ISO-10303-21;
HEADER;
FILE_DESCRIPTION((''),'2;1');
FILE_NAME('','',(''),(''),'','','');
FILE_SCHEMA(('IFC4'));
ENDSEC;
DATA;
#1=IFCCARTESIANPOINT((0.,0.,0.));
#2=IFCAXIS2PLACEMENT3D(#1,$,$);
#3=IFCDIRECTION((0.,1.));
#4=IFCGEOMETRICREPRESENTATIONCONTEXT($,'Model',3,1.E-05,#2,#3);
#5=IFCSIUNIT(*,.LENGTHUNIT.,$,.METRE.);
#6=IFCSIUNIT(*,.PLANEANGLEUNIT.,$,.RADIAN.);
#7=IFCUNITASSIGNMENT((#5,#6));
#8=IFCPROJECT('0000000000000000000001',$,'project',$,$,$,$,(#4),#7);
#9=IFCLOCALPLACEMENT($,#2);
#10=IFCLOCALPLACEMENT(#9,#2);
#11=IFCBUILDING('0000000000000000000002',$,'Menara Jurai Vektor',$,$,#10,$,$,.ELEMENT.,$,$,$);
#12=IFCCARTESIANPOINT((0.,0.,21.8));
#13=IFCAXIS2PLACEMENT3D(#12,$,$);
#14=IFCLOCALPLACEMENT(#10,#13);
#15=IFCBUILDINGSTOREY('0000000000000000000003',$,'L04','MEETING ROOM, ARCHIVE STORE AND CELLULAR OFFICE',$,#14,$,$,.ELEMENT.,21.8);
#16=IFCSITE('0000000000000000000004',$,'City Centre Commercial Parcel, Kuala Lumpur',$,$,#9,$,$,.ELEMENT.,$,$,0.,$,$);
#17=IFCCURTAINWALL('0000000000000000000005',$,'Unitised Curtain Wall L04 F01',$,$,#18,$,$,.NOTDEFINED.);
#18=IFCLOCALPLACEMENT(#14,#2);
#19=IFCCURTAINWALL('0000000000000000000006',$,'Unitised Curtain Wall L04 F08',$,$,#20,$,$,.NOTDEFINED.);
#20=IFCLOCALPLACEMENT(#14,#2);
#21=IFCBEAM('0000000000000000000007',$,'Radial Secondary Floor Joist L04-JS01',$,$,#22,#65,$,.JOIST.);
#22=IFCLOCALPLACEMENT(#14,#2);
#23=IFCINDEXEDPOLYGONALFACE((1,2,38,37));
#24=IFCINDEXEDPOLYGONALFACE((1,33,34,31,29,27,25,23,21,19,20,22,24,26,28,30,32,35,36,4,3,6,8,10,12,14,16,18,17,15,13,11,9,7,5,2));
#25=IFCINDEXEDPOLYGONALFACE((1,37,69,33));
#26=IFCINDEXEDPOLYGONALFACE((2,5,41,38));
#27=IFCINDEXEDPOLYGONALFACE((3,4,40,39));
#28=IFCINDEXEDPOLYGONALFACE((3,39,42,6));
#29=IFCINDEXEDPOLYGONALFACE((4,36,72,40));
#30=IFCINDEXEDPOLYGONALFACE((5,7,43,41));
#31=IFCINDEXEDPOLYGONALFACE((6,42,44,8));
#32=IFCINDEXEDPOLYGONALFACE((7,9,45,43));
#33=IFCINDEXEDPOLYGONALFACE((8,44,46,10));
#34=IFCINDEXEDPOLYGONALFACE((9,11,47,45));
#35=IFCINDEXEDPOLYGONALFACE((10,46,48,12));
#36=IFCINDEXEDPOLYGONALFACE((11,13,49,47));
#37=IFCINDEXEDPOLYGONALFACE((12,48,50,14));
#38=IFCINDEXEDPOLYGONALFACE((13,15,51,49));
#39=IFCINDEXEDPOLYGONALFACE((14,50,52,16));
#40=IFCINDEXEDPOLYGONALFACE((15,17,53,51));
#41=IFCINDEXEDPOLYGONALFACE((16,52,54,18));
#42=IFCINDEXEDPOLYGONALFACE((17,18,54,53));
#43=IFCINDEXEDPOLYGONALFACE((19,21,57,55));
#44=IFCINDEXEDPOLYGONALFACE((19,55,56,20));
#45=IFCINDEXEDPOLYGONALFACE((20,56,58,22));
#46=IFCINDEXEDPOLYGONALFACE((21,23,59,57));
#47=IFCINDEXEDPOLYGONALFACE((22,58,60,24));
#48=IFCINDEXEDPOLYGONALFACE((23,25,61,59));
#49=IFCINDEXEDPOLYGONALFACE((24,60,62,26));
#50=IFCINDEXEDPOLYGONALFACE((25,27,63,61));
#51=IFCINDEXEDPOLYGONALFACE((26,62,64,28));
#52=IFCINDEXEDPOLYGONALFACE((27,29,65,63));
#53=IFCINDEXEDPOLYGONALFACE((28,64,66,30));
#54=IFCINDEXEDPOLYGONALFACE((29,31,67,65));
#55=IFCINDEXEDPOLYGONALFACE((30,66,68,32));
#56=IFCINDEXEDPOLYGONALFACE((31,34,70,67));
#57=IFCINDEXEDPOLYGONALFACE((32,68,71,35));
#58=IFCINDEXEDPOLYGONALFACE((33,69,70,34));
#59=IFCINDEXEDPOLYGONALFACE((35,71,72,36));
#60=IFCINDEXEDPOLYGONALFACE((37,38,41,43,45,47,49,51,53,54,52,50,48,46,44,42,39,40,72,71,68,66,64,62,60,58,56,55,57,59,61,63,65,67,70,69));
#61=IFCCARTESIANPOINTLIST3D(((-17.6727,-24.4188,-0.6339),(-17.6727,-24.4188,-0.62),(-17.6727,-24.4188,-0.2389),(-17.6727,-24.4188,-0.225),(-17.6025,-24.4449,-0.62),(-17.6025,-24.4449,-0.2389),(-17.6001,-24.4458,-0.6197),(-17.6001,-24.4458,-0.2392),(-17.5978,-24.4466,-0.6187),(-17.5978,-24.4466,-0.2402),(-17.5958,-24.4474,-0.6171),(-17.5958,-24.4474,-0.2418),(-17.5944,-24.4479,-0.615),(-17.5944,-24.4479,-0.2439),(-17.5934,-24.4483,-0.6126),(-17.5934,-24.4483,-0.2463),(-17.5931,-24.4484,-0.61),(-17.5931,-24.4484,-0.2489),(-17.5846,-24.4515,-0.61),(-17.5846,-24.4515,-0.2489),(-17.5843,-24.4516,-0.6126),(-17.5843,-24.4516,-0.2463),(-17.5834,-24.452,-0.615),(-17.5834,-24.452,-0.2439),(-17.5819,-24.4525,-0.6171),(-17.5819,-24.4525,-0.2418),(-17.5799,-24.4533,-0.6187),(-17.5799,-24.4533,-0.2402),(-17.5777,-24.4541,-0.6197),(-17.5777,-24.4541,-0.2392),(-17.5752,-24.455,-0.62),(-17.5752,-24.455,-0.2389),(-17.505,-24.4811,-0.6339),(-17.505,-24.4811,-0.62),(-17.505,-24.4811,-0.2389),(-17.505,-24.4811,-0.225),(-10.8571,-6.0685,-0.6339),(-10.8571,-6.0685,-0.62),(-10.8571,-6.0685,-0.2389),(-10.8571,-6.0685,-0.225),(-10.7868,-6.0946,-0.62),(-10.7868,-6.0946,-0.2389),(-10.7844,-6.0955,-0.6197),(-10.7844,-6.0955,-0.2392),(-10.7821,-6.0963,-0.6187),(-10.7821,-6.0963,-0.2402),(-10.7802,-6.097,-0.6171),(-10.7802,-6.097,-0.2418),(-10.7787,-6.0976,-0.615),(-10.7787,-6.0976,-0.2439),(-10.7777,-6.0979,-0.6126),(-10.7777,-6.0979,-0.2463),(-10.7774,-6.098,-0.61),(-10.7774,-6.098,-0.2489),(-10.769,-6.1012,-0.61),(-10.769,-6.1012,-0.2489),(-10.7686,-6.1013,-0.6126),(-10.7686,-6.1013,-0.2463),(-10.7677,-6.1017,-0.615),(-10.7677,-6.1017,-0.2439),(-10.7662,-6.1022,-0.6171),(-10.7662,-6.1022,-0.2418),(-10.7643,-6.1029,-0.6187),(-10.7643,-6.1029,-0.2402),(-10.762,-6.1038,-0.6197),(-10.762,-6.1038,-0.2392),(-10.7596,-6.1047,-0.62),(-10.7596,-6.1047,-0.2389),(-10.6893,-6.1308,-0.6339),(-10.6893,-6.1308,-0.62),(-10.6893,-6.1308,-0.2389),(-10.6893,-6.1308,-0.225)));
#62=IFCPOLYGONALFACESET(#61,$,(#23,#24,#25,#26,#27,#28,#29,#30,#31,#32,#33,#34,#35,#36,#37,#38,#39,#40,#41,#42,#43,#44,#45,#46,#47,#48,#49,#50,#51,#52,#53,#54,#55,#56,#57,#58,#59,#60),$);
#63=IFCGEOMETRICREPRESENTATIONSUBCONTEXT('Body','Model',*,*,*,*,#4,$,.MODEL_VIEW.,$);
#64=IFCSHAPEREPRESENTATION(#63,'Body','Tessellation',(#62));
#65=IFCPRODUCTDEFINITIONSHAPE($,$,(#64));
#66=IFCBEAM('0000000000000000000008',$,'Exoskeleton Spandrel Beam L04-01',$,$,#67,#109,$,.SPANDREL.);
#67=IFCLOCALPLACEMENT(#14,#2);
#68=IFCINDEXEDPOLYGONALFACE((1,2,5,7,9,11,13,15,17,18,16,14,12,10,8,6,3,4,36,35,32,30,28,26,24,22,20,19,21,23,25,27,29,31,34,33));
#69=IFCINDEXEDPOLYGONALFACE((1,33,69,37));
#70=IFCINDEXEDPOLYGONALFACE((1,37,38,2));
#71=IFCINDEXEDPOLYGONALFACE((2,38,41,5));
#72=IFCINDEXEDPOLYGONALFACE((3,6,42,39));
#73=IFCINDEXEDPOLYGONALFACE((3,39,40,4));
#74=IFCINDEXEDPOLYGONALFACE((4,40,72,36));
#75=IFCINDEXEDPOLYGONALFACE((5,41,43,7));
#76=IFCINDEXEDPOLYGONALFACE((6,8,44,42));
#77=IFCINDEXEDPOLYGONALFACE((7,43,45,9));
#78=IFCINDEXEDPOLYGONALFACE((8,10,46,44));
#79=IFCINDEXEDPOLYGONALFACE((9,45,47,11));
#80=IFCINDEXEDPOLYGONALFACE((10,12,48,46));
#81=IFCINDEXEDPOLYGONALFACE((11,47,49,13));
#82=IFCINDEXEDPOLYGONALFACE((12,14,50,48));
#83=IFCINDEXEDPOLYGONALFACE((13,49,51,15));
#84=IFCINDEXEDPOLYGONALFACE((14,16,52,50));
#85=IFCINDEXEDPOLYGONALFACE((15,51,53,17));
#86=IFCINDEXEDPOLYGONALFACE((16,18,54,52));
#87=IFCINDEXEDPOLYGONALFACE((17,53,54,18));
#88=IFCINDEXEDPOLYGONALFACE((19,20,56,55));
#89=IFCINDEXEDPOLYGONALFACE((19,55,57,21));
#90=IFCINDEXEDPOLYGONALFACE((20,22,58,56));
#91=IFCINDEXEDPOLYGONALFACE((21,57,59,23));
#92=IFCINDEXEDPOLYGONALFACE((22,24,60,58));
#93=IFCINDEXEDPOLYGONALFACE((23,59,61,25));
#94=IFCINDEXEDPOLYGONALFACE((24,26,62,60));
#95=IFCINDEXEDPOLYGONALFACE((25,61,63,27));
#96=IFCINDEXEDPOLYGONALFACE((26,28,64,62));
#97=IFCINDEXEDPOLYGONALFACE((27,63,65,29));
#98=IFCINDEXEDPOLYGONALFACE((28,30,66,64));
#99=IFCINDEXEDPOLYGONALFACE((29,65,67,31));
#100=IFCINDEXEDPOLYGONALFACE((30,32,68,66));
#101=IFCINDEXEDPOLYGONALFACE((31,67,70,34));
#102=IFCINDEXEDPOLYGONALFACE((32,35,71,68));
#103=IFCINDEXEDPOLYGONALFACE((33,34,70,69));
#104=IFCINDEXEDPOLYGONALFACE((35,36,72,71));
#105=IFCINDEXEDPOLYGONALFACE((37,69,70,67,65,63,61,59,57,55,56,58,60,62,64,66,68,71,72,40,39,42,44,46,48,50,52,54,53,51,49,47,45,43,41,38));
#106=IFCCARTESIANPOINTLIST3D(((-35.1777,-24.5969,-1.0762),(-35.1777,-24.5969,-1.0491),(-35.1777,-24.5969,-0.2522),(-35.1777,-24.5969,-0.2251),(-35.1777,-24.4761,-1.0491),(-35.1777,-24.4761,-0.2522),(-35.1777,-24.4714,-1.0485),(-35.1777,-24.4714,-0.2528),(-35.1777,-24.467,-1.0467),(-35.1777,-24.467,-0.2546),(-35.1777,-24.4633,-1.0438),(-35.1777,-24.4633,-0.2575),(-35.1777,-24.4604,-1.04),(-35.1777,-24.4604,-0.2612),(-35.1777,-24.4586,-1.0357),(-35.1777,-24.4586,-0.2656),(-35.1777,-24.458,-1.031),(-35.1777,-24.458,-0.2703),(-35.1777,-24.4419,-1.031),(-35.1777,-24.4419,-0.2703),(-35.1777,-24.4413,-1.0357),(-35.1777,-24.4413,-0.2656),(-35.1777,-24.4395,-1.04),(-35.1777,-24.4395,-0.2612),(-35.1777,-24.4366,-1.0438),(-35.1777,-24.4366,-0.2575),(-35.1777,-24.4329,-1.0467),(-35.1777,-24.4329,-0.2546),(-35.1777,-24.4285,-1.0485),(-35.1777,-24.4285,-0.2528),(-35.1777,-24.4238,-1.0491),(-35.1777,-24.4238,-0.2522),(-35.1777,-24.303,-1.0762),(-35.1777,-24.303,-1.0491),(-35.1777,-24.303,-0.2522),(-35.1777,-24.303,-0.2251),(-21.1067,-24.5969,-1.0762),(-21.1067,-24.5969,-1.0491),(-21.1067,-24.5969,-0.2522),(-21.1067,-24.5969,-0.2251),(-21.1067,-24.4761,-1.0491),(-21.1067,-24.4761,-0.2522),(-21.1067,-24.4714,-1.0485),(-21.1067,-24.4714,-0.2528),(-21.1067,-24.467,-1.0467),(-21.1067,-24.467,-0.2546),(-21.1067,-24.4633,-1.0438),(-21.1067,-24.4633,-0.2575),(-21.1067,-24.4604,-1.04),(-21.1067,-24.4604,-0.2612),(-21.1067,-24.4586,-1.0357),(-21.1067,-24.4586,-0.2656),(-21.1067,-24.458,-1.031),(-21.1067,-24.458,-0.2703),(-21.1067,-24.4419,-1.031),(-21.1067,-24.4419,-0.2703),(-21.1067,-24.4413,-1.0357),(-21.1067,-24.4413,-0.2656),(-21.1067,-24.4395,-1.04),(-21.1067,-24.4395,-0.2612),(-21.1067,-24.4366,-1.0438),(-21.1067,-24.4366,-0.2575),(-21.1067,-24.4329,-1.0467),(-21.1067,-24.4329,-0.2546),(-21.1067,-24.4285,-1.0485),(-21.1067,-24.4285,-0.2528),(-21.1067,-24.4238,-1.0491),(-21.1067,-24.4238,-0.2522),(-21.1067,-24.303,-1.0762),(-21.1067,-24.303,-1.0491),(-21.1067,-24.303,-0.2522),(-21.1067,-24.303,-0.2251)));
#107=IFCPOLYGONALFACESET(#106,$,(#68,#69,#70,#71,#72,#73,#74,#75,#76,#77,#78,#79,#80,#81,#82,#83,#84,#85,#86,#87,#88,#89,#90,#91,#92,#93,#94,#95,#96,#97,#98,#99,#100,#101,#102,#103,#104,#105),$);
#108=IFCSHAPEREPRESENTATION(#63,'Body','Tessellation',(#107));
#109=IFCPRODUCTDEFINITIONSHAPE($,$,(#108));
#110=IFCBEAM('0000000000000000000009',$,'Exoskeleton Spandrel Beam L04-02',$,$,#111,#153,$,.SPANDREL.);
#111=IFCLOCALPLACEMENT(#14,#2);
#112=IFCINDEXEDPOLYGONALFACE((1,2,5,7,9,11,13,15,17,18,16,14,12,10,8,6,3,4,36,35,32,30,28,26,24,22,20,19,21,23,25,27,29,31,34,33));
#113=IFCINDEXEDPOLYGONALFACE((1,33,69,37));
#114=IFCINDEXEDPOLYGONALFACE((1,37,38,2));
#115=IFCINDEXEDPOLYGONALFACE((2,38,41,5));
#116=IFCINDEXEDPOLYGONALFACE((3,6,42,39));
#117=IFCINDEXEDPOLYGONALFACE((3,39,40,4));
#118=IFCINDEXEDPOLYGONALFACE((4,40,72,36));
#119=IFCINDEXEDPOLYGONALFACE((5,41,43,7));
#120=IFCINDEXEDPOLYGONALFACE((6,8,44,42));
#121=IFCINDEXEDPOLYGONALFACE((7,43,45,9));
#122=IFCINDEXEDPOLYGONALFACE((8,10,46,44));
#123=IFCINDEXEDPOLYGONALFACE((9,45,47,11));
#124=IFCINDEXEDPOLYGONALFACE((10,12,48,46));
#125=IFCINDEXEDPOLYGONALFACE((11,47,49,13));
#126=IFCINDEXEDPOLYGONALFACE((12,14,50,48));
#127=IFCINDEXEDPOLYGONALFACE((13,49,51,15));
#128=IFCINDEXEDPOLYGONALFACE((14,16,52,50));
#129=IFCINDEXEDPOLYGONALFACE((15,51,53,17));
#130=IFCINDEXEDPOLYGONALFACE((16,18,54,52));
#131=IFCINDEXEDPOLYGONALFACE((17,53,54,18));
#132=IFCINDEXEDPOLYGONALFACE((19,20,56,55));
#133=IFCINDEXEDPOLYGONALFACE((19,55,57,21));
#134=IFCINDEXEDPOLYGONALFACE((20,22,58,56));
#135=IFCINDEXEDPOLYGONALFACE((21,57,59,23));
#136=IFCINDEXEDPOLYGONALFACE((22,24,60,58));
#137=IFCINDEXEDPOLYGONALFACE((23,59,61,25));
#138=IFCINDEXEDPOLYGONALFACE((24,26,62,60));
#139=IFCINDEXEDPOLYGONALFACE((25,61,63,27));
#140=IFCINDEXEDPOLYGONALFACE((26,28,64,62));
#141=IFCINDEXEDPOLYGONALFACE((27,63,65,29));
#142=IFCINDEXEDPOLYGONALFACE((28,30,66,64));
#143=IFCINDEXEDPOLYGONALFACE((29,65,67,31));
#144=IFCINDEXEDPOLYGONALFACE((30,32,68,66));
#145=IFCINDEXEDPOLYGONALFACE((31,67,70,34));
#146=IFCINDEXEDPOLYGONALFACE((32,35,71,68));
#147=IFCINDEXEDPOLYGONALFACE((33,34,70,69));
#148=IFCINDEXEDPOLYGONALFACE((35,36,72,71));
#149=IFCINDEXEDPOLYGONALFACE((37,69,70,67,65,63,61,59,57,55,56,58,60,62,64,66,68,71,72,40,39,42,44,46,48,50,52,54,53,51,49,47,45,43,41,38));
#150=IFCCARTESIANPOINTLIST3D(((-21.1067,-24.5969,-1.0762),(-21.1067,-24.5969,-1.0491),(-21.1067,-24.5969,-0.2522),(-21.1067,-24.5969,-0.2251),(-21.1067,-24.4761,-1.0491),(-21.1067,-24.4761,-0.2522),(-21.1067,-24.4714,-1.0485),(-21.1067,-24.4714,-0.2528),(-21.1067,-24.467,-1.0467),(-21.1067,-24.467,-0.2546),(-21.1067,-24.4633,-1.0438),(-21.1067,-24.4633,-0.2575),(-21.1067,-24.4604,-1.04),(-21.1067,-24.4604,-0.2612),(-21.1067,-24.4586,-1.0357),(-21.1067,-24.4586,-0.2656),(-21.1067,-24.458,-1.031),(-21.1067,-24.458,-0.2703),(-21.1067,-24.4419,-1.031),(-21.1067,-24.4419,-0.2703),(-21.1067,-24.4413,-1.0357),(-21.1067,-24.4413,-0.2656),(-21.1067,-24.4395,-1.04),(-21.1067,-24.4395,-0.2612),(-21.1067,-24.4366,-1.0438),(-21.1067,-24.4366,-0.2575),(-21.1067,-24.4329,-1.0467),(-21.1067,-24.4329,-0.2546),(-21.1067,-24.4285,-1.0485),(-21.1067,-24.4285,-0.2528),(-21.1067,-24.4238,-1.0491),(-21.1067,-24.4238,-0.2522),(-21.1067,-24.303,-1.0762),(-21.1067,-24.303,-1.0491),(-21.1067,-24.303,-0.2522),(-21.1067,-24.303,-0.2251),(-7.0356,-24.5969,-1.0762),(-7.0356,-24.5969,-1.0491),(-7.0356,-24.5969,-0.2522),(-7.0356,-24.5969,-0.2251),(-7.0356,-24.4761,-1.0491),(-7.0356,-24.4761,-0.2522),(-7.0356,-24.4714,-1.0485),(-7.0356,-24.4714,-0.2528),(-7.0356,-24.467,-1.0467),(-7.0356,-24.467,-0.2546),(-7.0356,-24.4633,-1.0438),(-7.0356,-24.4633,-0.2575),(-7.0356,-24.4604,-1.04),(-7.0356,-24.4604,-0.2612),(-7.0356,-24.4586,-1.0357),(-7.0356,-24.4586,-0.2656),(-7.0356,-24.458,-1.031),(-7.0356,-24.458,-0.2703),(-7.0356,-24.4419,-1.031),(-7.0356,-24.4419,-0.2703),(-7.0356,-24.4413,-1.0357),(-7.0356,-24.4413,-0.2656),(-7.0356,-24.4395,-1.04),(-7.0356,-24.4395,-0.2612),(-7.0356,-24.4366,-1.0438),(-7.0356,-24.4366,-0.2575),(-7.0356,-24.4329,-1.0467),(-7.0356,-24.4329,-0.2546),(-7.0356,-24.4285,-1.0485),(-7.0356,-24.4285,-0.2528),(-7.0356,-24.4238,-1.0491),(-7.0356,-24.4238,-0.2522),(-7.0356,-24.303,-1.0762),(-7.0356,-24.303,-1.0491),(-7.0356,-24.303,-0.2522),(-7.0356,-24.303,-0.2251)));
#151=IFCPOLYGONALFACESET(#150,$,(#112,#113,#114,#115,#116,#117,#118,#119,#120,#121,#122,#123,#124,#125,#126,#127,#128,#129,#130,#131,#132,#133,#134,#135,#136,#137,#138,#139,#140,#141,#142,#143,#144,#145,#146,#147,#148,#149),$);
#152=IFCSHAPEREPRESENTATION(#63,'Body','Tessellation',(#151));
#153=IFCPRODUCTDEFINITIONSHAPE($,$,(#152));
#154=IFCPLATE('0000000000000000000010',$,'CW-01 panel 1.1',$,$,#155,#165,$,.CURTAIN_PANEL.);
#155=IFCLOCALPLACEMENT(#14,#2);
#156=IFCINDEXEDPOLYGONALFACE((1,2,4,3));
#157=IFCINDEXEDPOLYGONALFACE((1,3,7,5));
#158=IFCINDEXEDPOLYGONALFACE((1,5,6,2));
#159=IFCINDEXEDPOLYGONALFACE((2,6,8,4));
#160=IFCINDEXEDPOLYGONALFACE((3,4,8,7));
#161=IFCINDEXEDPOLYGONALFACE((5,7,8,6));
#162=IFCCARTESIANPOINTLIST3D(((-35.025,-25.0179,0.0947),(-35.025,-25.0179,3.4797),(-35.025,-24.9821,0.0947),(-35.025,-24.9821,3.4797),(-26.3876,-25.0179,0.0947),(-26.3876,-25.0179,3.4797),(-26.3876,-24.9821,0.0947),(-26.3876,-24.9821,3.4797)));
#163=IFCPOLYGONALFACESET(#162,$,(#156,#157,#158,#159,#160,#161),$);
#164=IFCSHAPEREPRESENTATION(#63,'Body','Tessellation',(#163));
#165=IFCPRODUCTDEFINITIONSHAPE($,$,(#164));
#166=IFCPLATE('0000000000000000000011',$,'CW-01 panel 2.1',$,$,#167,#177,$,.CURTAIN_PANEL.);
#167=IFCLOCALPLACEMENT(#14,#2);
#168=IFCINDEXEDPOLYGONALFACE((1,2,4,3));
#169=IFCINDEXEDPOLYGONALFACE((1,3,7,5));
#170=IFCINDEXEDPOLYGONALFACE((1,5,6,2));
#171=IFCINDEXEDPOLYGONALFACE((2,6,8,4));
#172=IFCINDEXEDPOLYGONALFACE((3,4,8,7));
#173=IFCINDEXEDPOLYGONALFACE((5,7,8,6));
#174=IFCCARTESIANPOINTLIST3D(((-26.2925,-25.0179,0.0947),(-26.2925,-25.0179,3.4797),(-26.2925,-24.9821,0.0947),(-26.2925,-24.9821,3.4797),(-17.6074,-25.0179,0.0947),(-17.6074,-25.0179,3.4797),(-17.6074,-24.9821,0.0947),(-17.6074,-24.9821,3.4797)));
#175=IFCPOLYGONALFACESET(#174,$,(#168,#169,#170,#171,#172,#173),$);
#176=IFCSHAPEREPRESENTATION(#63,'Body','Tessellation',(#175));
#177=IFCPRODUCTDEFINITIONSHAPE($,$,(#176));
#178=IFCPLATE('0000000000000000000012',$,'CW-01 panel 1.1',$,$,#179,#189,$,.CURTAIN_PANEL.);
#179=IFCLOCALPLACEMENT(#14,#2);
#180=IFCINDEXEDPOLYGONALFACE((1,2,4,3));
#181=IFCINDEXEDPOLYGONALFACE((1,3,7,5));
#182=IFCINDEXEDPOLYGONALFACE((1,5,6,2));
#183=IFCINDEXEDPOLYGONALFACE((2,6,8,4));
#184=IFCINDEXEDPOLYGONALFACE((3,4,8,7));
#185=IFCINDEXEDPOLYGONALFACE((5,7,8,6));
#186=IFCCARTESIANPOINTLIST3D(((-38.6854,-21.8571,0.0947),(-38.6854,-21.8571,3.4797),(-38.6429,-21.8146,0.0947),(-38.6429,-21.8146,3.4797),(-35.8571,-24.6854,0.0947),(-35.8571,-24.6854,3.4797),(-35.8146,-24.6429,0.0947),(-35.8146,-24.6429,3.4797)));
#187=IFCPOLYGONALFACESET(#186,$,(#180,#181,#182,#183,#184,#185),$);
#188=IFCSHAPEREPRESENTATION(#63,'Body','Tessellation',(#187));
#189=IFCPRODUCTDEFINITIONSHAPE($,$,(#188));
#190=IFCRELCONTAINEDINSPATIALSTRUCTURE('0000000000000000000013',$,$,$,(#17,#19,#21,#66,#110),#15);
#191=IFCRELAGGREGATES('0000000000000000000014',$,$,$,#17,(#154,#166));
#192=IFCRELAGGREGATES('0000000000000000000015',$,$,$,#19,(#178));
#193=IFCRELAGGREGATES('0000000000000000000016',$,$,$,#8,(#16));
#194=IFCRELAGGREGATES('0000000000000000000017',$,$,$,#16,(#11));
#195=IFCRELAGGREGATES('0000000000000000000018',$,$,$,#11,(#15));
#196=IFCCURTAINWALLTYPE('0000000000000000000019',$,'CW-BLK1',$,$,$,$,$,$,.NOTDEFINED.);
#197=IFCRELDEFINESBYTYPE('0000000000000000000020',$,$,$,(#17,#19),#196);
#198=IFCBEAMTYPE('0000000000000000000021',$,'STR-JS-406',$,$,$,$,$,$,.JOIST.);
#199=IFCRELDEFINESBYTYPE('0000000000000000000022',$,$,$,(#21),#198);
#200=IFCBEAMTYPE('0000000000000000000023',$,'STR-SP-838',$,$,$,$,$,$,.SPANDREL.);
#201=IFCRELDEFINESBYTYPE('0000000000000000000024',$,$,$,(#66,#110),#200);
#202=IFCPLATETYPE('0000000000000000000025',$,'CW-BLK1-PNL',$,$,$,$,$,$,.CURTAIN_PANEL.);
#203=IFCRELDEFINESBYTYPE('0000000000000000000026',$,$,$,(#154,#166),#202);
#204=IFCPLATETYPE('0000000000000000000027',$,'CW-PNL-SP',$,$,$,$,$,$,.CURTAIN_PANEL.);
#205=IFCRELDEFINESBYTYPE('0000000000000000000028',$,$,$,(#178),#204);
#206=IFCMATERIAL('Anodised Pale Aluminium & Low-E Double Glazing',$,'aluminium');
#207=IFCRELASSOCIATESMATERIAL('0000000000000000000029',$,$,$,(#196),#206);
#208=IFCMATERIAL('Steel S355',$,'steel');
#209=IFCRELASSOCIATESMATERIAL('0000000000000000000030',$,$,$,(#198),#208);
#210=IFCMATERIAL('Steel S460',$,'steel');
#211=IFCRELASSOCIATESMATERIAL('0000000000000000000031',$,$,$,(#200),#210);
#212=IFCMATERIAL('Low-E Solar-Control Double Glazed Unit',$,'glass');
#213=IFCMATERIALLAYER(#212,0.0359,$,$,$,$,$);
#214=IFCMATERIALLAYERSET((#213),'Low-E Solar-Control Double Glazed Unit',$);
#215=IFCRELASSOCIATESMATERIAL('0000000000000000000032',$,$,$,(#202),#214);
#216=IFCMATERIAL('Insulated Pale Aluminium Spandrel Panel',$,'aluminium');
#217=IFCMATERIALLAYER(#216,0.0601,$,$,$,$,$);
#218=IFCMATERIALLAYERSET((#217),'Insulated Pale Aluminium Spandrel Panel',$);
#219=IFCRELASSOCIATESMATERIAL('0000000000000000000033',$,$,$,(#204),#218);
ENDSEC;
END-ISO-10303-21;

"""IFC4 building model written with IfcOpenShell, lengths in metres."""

from ifc_helpers import new_model, si_unit, direction, frame, origin, origin_2d, place, context, subcontext, project, spatial, rectangle, i_section, extrude, material, layer, layer_set, material_profile, profile_set, type_object, element, aggregate, save


model = new_model("IFC4")

# Units and contexts
model_context = context("Model", 3, precision=1e-05, world=origin(), true_north=direction((0.0, 1.0)))
body_context = subcontext(model_context, "Body", "Model", "MODEL_VIEW")
ifc_project = project(units=[si_unit("LENGTHUNIT", "METRE"), si_unit("PLANEANGLEUNIT", "RADIAN")], contexts=[model_context])

# Site, building, storey
site_placement = place(None, origin())
site = spatial("IfcSite", under=ifc_project, at=site_placement, Name="City Centre Commercial Parcel, Kuala Lumpur", CompositionType="ELEMENT", RefElevation=0.0)
building_placement = place(site_placement, origin())
building = spatial("IfcBuilding", under=site, at=building_placement, Name="Menara Jurai Vektor", CompositionType="ELEMENT")
storey_placement = place(building_placement, frame((0.0, 0.0, 21.8)))
storey = spatial("IfcBuildingStorey", under=building, at=storey_placement, Name="L04", Description="MEETING ROOM, ARCHIVE STORE AND CELLULAR OFFICE", CompositionType="ELEMENT", Elevation=21.8)

# Shared definitions
ifc_material_1 = material(Name="Steel S460", Category="steel")

# Curtain walls
ifc_material_2 = material(Name="Anodised Pale Aluminium & Low-E Double Glazing", Category="aluminium")
curtain_wall_type = type_object("IfcCurtainWallType", Name="CW-BLK1", PredefinedType="NOTDEFINED", material=ifc_material_2)
curtain_wall_1_placement = place(storey_placement, origin())
curtain_wall_1 = element("IfcCurtainWall", 1, at=curtain_wall_1_placement, inside=storey, type_object=curtain_wall_type, Name="Unitised Curtain Wall L04 F01", PredefinedType="NOTDEFINED")
curtain_wall_2_placement = place(storey_placement, origin())
curtain_wall_2 = element("IfcCurtainWall", 2, at=curtain_wall_2_placement, inside=storey, type_object=curtain_wall_type, Name="Unitised Curtain Wall L04 F08", PredefinedType="NOTDEFINED")

# Beams
ifc_material_3 = material(Name="Steel S355", Category="steel")
ifc_material_profile_1 = material_profile(ifc_material_3, i_section(OverallWidth=0.179, OverallDepth=0.4089, WebThickness=0.009, FlangeThickness=0.0139, FilletRadius=0.01, at=origin_2d()), Name="UKB 406x178x67")
ifc_profile_set_1 = profile_set([ifc_material_profile_1], Name="Steel S355")
beam_type_1 = type_object("IfcBeamType", Name="STR-JS-406", PredefinedType="JOIST", material=ifc_profile_set_1)
beam_1_placement = place(storey_placement, frame((-17.5889, -24.45, -0.4294), z_axis=(0.348179, 0.937428, 0.0), x_axis=(-0.937428, 0.348179, 0.0)))
element("IfcBeam", 3, at=beam_1_placement, inside=storey, type_object=beam_type_1, Name="Radial Secondary Floor Joist L04-JS01", PredefinedType="JOIST", context=body_context, shape_type="SweptSolid", body=[
    extrude(i_section(OverallWidth=0.179, OverallDepth=0.4089, WebThickness=0.009, FlangeThickness=0.0139, FilletRadius=0.01, at=origin_2d()), origin(), (0.0, 0.0, 1.0), 19.5752),
])
ifc_material_profile_2 = material_profile(ifc_material_1, i_section(OverallWidth=0.2939, OverallDepth=0.8511, WebThickness=0.0161, FlangeThickness=0.0271, FilletRadius=0.0181, at=origin_2d()), Name="UKB 838x292x226")
ifc_profile_set_2 = profile_set([ifc_material_profile_2], Name="Steel S460")
beam_type_2 = type_object("IfcBeamType", Name="STR-SP-838", PredefinedType="SPANDREL", material=ifc_profile_set_2)
for number, where, z_axis, x_axis, name in (
    (4, (-35.1777, -24.45, -0.6506), (1.0, 0.0, 0.0), (0.0, 1.0, 0.0), "Exoskeleton Spandrel Beam L04-01"),
    (5, (-21.1067, -24.45, -0.6506), (1.0, 0.0, 0.0), (0.0, 1.0, 0.0), "Exoskeleton Spandrel Beam L04-02"),
):
    element("IfcBeam", number, at=place(storey_placement, frame(where, z_axis=z_axis, x_axis=x_axis)), inside=storey, type_object=beam_type_2, Name=name, PredefinedType="SPANDREL", context=body_context, shape_type="SweptSolid", body=[
        extrude(i_section(OverallWidth=0.2939, OverallDepth=0.8511, WebThickness=0.0161, FlangeThickness=0.0271, FilletRadius=0.0181, at=origin_2d()), origin(), (0.0, 0.0, 1.0), 14.071),
    ])

# Plates
ifc_material_4 = material(Name="Low-E Solar-Control Double Glazed Unit", Category="glass")
ifc_layer_1 = layer(ifc_material_4, 0.0359)
ifc_layer_set_1 = layer_set([ifc_layer_1], Name="Low-E Solar-Control Double Glazed Unit")
plate_type_1 = type_object("IfcPlateType", Name="CW-BLK1-PNL", PredefinedType="CURTAIN_PANEL", material=ifc_layer_set_1)
plate_1_placement = place(storey_placement, frame((-30.7063, -25.0, 0.0947), z_axis=(0.0, 0.0, 1.0), x_axis=(1.0, 0.0, 0.0)))
plate_1 = element("IfcPlate", 6, at=plate_1_placement, type_object=plate_type_1, Name="CW-01 panel 1.1", PredefinedType="CURTAIN_PANEL", context=body_context, shape_type="SweptSolid", body=[
    extrude(rectangle(XDim=8.6375, YDim=0.0359, at=origin_2d()), origin(), (0.0, 0.0, 1.0), 3.385),
])
plate_2_placement = place(storey_placement, frame((-21.95, -25.0, 0.0947), z_axis=(0.0, 0.0, 1.0), x_axis=(1.0, 0.0, 0.0)))
plate_2 = element("IfcPlate", 7, at=plate_2_placement, type_object=plate_type_1, Name="CW-01 panel 2.1", PredefinedType="CURTAIN_PANEL", context=body_context, shape_type="SweptSolid", body=[
    extrude(rectangle(XDim=8.6851, YDim=0.0359, at=origin_2d()), origin(), (0.0, 0.0, 1.0), 3.385),
])
aggregate(curtain_wall_1, [plate_1, plate_2])
ifc_material_5 = material(Name="Insulated Pale Aluminium Spandrel Panel", Category="aluminium")
ifc_layer_2 = layer(ifc_material_5, 0.0601)
ifc_layer_set_2 = layer_set([ifc_layer_2], Name="Insulated Pale Aluminium Spandrel Panel")
plate_type_2 = type_object("IfcPlateType", Name="CW-PNL-SP", PredefinedType="CURTAIN_PANEL", material=ifc_layer_set_2)
plate_3_placement = place(storey_placement, frame((-37.25, -23.25, 0.0947), z_axis=(0.0, 0.0, 1.0), x_axis=(0.707107, -0.707107, 0.0)))
plate_3 = element("IfcPlate", 8, at=plate_3_placement, type_object=plate_type_2, Name="CW-01 panel 1.1", PredefinedType="CURTAIN_PANEL", context=body_context, shape_type="SweptSolid", body=[
    extrude(rectangle(XDim=3.9998, YDim=0.0601, at=origin_2d()), origin(), (0.0, 0.0, 1.0), 3.385),
])
aggregate(curtain_wall_2, [plate_3])

save(model, "model.ifc")
